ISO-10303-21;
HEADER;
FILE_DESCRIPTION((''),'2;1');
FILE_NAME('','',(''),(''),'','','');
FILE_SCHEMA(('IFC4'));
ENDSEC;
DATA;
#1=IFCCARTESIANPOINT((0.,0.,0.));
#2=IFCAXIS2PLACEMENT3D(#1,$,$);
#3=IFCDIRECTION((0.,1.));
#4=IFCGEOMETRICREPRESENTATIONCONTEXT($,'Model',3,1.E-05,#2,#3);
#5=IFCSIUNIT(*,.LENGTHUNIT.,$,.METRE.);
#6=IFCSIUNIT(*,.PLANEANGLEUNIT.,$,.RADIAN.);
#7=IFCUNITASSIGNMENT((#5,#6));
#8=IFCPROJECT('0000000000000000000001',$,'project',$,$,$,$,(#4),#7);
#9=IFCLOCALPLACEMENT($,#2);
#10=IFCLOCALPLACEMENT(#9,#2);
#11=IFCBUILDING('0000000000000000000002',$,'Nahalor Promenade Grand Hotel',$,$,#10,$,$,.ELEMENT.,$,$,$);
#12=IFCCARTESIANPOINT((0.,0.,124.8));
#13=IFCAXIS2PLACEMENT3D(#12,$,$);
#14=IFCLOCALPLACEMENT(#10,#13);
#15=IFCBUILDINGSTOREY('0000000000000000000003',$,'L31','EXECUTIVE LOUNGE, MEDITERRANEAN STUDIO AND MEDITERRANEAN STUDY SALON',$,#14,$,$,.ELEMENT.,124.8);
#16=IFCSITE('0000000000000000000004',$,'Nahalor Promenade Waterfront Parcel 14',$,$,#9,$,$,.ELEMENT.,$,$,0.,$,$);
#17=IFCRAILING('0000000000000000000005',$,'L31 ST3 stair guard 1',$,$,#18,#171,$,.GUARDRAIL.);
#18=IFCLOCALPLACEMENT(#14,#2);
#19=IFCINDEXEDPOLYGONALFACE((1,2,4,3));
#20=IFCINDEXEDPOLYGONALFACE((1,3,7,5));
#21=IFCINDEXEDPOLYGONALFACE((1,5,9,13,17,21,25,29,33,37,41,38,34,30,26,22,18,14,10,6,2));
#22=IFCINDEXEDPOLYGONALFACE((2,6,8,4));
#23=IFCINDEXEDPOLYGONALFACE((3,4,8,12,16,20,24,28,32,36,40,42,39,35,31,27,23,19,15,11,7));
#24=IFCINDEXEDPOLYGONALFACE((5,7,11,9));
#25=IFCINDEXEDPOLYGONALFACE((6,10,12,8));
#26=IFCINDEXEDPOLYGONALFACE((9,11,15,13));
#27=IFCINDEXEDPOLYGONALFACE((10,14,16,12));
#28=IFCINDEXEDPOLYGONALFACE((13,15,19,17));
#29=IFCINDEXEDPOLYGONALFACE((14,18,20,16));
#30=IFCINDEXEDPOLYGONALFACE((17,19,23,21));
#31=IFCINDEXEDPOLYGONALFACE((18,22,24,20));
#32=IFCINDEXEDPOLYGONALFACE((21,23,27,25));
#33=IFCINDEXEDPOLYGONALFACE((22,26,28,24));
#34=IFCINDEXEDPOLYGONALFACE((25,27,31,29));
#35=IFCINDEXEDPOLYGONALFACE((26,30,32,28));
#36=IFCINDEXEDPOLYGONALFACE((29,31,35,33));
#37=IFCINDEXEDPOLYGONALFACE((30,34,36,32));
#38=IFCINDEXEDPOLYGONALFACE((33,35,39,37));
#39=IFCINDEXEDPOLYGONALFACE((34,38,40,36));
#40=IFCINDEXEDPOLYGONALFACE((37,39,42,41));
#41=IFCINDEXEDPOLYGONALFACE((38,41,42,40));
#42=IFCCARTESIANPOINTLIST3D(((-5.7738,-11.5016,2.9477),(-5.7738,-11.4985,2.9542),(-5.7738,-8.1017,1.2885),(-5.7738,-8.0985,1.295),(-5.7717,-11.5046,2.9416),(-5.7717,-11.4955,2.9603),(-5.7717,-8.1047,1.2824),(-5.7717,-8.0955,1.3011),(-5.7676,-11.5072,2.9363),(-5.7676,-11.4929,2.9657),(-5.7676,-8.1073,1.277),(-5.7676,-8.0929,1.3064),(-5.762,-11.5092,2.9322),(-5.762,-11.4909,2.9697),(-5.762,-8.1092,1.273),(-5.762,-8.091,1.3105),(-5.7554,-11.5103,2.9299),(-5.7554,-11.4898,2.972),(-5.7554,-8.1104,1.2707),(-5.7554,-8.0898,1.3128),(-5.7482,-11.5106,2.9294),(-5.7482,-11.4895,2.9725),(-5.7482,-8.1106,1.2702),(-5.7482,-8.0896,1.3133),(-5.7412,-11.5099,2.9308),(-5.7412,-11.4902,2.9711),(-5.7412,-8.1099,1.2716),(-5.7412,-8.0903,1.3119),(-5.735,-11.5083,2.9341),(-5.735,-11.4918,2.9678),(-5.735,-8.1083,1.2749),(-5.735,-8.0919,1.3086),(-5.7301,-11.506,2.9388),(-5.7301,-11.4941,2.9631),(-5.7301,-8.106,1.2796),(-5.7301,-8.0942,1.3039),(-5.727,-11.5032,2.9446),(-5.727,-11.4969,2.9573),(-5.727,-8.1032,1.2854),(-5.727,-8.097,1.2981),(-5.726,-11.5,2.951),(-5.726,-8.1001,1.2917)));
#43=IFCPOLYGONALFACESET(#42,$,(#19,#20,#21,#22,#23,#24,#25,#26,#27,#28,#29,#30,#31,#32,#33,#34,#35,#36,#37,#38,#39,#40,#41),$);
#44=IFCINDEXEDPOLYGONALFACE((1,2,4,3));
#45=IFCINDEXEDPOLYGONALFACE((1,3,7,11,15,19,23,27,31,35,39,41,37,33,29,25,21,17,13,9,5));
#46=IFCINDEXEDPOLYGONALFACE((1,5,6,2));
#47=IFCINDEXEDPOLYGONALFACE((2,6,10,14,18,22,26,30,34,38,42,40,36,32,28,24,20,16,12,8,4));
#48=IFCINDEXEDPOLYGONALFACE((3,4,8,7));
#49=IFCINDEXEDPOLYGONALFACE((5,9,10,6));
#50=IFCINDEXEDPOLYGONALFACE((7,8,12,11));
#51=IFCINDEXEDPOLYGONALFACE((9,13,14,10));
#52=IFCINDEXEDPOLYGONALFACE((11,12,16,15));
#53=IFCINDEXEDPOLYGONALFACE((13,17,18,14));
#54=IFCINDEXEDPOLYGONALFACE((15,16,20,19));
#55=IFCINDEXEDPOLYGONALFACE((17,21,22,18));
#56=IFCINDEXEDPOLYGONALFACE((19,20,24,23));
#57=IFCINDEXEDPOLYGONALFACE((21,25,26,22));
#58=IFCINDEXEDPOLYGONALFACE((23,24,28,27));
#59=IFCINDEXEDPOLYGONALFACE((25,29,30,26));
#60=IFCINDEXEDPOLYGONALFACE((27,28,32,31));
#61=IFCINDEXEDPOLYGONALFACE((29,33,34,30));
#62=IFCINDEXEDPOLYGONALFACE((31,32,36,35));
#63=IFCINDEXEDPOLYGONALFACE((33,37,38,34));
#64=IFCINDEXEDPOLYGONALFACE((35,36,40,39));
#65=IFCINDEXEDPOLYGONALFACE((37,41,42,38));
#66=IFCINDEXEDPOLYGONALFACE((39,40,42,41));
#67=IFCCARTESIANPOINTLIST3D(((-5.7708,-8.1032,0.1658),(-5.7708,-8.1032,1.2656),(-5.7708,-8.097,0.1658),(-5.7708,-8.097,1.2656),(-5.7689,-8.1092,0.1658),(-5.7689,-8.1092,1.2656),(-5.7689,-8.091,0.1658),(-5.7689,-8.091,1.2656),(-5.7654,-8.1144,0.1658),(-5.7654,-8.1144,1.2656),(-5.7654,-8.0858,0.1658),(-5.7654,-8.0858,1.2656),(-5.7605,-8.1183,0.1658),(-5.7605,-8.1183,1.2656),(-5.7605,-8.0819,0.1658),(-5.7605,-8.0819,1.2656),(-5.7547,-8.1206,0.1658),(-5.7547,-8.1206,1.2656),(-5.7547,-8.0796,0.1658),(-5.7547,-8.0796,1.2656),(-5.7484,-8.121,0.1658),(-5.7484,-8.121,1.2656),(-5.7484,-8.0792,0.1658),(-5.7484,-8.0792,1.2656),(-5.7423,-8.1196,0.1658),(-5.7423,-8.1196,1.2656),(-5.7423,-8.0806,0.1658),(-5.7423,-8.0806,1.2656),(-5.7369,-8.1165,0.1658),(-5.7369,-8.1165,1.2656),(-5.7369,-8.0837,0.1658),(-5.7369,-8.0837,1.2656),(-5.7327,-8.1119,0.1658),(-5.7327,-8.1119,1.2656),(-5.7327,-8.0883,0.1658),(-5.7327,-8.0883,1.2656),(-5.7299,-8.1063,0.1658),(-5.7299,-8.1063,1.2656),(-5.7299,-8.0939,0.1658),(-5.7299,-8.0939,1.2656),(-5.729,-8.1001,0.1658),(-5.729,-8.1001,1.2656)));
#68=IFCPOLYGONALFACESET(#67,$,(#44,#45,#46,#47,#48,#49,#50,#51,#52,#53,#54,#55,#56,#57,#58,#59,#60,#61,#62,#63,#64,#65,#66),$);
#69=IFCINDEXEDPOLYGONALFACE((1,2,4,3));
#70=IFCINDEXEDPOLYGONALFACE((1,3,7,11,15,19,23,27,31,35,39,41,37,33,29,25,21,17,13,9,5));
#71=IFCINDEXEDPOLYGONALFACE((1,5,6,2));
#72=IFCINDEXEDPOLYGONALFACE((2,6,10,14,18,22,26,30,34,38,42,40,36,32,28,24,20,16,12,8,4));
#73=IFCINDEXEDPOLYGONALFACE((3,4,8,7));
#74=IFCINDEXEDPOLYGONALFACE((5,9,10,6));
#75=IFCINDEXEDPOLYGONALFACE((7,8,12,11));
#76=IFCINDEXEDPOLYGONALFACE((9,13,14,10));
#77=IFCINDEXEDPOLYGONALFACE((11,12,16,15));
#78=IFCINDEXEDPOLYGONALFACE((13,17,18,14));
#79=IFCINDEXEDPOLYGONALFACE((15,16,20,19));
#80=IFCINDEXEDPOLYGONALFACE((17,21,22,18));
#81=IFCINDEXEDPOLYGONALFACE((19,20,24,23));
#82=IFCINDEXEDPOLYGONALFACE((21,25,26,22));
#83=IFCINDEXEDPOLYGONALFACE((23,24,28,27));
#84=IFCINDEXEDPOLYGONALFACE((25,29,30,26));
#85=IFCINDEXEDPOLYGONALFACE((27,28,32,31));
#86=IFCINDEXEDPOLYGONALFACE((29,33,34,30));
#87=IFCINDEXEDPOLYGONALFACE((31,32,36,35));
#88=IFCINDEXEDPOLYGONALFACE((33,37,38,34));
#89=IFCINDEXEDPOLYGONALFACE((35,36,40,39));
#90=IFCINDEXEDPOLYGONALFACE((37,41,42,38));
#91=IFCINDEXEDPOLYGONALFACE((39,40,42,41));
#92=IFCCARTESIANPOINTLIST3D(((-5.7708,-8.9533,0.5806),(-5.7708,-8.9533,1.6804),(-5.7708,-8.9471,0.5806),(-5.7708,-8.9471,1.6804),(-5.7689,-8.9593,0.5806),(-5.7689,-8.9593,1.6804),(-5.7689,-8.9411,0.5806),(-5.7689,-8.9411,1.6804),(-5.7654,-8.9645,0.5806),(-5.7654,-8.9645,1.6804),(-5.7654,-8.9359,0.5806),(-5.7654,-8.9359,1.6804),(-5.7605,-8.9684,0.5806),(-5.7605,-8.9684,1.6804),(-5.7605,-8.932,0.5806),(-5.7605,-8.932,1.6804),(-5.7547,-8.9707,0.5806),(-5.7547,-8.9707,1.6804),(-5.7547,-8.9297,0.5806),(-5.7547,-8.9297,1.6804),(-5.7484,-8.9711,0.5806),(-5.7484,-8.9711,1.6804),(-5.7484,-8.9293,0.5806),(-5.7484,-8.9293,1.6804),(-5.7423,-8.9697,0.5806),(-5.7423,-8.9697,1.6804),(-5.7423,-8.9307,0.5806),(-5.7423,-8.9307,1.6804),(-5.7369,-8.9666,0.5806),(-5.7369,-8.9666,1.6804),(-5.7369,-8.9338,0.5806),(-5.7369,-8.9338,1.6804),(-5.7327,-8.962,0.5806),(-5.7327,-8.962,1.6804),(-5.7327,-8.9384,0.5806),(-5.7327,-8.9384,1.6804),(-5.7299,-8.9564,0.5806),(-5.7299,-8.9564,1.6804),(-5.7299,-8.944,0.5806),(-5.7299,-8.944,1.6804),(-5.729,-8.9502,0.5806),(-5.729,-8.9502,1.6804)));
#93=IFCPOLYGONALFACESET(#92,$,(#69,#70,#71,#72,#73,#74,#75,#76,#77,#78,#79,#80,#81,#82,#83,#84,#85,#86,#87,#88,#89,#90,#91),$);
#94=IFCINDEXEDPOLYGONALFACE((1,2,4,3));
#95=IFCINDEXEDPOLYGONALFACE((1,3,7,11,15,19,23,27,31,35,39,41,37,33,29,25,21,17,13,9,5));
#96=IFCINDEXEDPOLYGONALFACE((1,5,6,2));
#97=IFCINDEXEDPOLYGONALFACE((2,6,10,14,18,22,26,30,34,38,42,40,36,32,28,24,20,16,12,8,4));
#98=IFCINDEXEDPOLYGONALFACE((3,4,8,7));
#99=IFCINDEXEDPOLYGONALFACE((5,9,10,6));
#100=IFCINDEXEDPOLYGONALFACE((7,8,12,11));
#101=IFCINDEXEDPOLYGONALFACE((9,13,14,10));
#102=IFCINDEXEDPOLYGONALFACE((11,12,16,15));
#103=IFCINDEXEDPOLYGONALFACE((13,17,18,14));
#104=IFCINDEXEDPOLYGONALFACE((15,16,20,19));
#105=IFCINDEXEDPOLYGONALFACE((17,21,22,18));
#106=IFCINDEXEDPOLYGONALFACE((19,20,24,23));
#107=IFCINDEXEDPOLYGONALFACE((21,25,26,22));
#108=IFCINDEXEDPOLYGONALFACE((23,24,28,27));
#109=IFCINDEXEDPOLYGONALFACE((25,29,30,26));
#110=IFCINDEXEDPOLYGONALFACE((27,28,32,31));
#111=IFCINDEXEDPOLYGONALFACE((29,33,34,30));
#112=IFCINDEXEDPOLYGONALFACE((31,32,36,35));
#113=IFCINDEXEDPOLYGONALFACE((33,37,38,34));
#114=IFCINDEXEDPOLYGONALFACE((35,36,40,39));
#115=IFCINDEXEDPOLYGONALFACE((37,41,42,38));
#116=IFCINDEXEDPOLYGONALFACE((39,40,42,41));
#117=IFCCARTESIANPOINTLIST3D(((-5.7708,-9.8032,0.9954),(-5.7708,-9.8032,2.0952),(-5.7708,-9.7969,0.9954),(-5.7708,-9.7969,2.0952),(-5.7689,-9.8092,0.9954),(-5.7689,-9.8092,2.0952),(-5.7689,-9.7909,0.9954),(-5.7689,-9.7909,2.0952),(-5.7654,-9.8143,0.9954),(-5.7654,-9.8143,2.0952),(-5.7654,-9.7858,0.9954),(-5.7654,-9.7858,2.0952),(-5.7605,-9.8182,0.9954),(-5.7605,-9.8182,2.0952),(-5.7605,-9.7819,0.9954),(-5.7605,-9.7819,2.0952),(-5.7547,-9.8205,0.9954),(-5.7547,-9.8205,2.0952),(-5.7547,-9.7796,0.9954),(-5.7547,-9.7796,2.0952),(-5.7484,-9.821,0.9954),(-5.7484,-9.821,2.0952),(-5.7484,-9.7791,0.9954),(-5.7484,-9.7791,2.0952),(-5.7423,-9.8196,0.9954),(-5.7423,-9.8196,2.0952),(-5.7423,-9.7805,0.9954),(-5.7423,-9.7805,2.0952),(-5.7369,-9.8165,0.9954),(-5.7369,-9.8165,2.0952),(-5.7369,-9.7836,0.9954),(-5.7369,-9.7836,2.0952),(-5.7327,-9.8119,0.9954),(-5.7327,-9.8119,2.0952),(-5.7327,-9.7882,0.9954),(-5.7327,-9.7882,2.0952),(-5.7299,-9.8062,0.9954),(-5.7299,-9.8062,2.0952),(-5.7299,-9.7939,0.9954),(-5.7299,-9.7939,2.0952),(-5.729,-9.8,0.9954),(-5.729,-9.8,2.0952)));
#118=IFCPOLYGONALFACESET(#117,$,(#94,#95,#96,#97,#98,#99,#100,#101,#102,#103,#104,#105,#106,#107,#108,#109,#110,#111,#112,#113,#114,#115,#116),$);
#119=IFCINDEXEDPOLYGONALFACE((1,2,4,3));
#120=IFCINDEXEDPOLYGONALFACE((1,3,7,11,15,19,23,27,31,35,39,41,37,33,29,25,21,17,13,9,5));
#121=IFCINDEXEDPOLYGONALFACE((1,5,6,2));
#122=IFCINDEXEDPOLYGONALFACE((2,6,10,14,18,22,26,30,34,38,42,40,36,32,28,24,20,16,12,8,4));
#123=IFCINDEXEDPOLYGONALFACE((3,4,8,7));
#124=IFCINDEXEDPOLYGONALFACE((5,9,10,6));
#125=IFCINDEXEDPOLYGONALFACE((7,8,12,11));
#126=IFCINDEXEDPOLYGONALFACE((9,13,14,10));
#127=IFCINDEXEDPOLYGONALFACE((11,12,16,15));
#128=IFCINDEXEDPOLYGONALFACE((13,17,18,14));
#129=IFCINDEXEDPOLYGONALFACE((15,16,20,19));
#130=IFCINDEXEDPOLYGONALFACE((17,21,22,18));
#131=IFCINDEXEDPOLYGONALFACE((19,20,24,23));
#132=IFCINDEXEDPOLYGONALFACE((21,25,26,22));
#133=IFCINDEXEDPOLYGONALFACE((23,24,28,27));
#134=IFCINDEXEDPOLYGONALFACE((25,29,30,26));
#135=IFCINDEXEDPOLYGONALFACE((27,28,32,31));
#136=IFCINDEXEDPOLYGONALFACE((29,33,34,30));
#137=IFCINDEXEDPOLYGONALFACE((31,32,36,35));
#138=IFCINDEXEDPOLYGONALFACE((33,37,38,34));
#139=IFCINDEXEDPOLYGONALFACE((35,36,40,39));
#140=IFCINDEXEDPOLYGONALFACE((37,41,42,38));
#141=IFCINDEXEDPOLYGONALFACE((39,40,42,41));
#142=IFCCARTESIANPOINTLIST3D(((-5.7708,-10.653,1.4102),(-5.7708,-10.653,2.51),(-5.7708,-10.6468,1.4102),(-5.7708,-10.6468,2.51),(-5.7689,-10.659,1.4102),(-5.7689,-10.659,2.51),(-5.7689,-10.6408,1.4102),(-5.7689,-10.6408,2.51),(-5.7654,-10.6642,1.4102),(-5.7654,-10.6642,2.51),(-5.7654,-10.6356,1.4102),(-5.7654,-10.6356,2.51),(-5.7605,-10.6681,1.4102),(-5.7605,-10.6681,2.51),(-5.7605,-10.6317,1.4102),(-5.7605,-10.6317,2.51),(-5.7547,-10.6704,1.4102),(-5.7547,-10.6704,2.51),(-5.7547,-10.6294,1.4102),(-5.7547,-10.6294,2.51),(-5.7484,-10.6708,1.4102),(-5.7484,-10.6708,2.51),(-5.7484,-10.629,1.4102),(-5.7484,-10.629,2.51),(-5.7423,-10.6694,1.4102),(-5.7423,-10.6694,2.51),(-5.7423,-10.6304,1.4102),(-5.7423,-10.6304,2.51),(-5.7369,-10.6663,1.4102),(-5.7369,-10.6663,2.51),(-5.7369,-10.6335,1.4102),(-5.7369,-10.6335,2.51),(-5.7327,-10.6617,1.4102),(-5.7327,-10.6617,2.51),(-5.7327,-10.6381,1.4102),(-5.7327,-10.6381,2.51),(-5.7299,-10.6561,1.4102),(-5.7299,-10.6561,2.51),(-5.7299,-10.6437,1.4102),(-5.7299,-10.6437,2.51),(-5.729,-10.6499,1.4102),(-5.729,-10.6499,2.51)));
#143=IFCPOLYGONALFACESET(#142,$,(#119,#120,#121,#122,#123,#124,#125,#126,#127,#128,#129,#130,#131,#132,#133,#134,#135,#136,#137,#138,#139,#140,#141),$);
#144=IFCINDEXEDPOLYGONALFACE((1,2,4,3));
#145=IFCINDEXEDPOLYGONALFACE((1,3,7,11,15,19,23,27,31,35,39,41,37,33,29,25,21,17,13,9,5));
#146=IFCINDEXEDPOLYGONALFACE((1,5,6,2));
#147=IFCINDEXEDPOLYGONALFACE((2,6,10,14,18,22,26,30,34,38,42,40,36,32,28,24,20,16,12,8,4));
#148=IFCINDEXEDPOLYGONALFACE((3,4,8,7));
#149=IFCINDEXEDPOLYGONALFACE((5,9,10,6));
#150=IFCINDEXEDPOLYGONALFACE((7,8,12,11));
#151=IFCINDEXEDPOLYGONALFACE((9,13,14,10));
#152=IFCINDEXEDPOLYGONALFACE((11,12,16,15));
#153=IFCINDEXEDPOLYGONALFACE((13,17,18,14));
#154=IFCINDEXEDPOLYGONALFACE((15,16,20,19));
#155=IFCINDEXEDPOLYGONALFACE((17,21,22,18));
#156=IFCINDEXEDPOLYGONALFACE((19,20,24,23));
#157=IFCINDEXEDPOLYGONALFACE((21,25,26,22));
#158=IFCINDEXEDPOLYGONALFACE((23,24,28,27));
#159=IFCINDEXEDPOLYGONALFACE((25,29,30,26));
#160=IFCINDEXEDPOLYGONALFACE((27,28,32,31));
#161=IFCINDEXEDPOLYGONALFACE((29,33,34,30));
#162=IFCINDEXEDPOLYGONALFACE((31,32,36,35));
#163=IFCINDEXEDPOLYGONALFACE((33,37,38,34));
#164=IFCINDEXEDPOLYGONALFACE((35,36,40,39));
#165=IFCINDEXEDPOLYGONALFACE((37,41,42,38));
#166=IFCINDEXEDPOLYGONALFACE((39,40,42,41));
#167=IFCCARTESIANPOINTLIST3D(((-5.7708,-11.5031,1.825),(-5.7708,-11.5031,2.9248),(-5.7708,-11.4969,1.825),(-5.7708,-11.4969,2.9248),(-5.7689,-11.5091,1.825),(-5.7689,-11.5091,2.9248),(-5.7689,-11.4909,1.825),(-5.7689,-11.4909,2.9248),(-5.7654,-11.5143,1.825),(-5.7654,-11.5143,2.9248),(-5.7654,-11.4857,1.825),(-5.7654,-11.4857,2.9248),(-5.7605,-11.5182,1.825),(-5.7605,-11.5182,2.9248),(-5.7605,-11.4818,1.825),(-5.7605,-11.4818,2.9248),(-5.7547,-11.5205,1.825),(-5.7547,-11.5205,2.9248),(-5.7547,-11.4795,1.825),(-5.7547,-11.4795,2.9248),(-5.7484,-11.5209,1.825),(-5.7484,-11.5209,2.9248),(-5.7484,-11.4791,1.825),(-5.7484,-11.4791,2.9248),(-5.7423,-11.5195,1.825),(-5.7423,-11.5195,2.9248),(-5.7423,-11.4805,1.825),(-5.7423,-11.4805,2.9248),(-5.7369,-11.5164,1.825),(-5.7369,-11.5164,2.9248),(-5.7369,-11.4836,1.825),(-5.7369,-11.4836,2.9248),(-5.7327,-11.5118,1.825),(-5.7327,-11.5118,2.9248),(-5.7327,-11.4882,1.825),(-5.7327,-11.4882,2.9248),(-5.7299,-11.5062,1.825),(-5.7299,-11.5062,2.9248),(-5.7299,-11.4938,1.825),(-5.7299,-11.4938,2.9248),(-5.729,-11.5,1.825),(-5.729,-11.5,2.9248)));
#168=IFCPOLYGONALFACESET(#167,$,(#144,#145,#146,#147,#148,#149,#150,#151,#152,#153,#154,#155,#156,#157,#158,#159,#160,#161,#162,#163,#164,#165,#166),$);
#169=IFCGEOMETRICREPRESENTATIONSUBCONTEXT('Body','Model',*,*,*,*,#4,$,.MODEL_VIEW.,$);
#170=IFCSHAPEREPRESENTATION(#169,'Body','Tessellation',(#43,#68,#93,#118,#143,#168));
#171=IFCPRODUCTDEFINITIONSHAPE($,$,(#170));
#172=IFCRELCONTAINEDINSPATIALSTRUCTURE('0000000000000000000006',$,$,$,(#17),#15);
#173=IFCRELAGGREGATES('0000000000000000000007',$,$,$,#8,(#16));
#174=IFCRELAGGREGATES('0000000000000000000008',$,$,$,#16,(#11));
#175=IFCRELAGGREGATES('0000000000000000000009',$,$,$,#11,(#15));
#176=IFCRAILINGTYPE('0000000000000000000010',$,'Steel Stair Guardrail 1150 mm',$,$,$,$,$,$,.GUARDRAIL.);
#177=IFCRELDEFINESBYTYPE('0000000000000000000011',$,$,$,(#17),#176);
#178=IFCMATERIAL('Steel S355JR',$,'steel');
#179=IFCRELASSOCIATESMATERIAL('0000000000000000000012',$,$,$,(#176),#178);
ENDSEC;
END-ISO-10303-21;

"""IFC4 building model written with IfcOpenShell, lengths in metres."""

from ifc_helpers import new_model, si_unit, direction, frame, origin, origin_2d, place, context, subcontext, project, spatial, circle, extrude, material, type_object, element, save


model = new_model("IFC4")

# Units and contexts
model_context = context("Model", 3, precision=1e-05, world=origin(), true_north=direction((0.0, 1.0)))
body_context = subcontext(model_context, "Body", "Model", "MODEL_VIEW")
ifc_project = project(units=[si_unit("LENGTHUNIT", "METRE"), si_unit("PLANEANGLEUNIT", "RADIAN")], contexts=[model_context])

# Site, building, storey
site_placement = place(None, origin())
site = spatial("IfcSite", under=ifc_project, at=site_placement, Name="Nahalor Promenade Waterfront Parcel 14", CompositionType="ELEMENT", RefElevation=0.0)
building_placement = place(site_placement, origin())
building = spatial("IfcBuilding", under=site, at=building_placement, Name="Nahalor Promenade Grand Hotel", CompositionType="ELEMENT")
storey_placement = place(building_placement, frame((0.0, 0.0, 124.8)))
storey = spatial("IfcBuildingStorey", under=building, at=storey_placement, Name="L31", Description="EXECUTIVE LOUNGE, MEDITERRANEAN STUDIO AND MEDITERRANEAN STUDY SALON", CompositionType="ELEMENT", Elevation=124.8)

# Shared definitions
ifc_material_1 = material(Name="Steel S355JR", Category="steel")

# Railing
railing_type_1 = type_object("IfcRailingType", Name="Steel Stair Guardrail 1150 mm", PredefinedType="GUARDRAIL", material=ifc_material_1)
railing_1_placement = place(storey_placement, frame((-5.75, -8.1001, 0.1658)))
element("IfcRailing", 1, at=railing_1_placement, inside=storey, type_object=railing_type_1, Name="L31 ST3 stair guard 1", PredefinedType="GUARDRAIL", context=body_context, shape_type="SweptSolid", body=[
    extrude(circle(Radius=0.024, at=origin_2d()), frame((0.0, 0.0, 1.126), z_axis=(0.0, -0.898696, 0.438571), x_axis=(1.0, 0.0, 0.0)), (0.0, 0.0, 1.0), 3.7832),
    extrude(circle(Radius=0.021, at=origin_2d()), origin(), (0.0, 0.0, 1.0), 1.0999),
    extrude(circle(Radius=0.021, at=origin_2d()), frame((0.0, -0.8501, 0.4148)), (0.0, 0.0, 1.0), 1.0999),
    extrude(circle(Radius=0.021, at=origin_2d()), frame((0.0, -1.7, 0.8296)), (0.0, 0.0, 1.0), 1.0999),
    extrude(circle(Radius=0.021, at=origin_2d()), frame((0.0, -2.5498, 1.2444)), (0.0, 0.0, 1.0), 1.0999),
    extrude(circle(Radius=0.021, at=origin_2d()), frame((0.0, -3.3999, 1.6592)), (0.0, 0.0, 1.0), 1.0999),
])

save(model, "model.ifc")
